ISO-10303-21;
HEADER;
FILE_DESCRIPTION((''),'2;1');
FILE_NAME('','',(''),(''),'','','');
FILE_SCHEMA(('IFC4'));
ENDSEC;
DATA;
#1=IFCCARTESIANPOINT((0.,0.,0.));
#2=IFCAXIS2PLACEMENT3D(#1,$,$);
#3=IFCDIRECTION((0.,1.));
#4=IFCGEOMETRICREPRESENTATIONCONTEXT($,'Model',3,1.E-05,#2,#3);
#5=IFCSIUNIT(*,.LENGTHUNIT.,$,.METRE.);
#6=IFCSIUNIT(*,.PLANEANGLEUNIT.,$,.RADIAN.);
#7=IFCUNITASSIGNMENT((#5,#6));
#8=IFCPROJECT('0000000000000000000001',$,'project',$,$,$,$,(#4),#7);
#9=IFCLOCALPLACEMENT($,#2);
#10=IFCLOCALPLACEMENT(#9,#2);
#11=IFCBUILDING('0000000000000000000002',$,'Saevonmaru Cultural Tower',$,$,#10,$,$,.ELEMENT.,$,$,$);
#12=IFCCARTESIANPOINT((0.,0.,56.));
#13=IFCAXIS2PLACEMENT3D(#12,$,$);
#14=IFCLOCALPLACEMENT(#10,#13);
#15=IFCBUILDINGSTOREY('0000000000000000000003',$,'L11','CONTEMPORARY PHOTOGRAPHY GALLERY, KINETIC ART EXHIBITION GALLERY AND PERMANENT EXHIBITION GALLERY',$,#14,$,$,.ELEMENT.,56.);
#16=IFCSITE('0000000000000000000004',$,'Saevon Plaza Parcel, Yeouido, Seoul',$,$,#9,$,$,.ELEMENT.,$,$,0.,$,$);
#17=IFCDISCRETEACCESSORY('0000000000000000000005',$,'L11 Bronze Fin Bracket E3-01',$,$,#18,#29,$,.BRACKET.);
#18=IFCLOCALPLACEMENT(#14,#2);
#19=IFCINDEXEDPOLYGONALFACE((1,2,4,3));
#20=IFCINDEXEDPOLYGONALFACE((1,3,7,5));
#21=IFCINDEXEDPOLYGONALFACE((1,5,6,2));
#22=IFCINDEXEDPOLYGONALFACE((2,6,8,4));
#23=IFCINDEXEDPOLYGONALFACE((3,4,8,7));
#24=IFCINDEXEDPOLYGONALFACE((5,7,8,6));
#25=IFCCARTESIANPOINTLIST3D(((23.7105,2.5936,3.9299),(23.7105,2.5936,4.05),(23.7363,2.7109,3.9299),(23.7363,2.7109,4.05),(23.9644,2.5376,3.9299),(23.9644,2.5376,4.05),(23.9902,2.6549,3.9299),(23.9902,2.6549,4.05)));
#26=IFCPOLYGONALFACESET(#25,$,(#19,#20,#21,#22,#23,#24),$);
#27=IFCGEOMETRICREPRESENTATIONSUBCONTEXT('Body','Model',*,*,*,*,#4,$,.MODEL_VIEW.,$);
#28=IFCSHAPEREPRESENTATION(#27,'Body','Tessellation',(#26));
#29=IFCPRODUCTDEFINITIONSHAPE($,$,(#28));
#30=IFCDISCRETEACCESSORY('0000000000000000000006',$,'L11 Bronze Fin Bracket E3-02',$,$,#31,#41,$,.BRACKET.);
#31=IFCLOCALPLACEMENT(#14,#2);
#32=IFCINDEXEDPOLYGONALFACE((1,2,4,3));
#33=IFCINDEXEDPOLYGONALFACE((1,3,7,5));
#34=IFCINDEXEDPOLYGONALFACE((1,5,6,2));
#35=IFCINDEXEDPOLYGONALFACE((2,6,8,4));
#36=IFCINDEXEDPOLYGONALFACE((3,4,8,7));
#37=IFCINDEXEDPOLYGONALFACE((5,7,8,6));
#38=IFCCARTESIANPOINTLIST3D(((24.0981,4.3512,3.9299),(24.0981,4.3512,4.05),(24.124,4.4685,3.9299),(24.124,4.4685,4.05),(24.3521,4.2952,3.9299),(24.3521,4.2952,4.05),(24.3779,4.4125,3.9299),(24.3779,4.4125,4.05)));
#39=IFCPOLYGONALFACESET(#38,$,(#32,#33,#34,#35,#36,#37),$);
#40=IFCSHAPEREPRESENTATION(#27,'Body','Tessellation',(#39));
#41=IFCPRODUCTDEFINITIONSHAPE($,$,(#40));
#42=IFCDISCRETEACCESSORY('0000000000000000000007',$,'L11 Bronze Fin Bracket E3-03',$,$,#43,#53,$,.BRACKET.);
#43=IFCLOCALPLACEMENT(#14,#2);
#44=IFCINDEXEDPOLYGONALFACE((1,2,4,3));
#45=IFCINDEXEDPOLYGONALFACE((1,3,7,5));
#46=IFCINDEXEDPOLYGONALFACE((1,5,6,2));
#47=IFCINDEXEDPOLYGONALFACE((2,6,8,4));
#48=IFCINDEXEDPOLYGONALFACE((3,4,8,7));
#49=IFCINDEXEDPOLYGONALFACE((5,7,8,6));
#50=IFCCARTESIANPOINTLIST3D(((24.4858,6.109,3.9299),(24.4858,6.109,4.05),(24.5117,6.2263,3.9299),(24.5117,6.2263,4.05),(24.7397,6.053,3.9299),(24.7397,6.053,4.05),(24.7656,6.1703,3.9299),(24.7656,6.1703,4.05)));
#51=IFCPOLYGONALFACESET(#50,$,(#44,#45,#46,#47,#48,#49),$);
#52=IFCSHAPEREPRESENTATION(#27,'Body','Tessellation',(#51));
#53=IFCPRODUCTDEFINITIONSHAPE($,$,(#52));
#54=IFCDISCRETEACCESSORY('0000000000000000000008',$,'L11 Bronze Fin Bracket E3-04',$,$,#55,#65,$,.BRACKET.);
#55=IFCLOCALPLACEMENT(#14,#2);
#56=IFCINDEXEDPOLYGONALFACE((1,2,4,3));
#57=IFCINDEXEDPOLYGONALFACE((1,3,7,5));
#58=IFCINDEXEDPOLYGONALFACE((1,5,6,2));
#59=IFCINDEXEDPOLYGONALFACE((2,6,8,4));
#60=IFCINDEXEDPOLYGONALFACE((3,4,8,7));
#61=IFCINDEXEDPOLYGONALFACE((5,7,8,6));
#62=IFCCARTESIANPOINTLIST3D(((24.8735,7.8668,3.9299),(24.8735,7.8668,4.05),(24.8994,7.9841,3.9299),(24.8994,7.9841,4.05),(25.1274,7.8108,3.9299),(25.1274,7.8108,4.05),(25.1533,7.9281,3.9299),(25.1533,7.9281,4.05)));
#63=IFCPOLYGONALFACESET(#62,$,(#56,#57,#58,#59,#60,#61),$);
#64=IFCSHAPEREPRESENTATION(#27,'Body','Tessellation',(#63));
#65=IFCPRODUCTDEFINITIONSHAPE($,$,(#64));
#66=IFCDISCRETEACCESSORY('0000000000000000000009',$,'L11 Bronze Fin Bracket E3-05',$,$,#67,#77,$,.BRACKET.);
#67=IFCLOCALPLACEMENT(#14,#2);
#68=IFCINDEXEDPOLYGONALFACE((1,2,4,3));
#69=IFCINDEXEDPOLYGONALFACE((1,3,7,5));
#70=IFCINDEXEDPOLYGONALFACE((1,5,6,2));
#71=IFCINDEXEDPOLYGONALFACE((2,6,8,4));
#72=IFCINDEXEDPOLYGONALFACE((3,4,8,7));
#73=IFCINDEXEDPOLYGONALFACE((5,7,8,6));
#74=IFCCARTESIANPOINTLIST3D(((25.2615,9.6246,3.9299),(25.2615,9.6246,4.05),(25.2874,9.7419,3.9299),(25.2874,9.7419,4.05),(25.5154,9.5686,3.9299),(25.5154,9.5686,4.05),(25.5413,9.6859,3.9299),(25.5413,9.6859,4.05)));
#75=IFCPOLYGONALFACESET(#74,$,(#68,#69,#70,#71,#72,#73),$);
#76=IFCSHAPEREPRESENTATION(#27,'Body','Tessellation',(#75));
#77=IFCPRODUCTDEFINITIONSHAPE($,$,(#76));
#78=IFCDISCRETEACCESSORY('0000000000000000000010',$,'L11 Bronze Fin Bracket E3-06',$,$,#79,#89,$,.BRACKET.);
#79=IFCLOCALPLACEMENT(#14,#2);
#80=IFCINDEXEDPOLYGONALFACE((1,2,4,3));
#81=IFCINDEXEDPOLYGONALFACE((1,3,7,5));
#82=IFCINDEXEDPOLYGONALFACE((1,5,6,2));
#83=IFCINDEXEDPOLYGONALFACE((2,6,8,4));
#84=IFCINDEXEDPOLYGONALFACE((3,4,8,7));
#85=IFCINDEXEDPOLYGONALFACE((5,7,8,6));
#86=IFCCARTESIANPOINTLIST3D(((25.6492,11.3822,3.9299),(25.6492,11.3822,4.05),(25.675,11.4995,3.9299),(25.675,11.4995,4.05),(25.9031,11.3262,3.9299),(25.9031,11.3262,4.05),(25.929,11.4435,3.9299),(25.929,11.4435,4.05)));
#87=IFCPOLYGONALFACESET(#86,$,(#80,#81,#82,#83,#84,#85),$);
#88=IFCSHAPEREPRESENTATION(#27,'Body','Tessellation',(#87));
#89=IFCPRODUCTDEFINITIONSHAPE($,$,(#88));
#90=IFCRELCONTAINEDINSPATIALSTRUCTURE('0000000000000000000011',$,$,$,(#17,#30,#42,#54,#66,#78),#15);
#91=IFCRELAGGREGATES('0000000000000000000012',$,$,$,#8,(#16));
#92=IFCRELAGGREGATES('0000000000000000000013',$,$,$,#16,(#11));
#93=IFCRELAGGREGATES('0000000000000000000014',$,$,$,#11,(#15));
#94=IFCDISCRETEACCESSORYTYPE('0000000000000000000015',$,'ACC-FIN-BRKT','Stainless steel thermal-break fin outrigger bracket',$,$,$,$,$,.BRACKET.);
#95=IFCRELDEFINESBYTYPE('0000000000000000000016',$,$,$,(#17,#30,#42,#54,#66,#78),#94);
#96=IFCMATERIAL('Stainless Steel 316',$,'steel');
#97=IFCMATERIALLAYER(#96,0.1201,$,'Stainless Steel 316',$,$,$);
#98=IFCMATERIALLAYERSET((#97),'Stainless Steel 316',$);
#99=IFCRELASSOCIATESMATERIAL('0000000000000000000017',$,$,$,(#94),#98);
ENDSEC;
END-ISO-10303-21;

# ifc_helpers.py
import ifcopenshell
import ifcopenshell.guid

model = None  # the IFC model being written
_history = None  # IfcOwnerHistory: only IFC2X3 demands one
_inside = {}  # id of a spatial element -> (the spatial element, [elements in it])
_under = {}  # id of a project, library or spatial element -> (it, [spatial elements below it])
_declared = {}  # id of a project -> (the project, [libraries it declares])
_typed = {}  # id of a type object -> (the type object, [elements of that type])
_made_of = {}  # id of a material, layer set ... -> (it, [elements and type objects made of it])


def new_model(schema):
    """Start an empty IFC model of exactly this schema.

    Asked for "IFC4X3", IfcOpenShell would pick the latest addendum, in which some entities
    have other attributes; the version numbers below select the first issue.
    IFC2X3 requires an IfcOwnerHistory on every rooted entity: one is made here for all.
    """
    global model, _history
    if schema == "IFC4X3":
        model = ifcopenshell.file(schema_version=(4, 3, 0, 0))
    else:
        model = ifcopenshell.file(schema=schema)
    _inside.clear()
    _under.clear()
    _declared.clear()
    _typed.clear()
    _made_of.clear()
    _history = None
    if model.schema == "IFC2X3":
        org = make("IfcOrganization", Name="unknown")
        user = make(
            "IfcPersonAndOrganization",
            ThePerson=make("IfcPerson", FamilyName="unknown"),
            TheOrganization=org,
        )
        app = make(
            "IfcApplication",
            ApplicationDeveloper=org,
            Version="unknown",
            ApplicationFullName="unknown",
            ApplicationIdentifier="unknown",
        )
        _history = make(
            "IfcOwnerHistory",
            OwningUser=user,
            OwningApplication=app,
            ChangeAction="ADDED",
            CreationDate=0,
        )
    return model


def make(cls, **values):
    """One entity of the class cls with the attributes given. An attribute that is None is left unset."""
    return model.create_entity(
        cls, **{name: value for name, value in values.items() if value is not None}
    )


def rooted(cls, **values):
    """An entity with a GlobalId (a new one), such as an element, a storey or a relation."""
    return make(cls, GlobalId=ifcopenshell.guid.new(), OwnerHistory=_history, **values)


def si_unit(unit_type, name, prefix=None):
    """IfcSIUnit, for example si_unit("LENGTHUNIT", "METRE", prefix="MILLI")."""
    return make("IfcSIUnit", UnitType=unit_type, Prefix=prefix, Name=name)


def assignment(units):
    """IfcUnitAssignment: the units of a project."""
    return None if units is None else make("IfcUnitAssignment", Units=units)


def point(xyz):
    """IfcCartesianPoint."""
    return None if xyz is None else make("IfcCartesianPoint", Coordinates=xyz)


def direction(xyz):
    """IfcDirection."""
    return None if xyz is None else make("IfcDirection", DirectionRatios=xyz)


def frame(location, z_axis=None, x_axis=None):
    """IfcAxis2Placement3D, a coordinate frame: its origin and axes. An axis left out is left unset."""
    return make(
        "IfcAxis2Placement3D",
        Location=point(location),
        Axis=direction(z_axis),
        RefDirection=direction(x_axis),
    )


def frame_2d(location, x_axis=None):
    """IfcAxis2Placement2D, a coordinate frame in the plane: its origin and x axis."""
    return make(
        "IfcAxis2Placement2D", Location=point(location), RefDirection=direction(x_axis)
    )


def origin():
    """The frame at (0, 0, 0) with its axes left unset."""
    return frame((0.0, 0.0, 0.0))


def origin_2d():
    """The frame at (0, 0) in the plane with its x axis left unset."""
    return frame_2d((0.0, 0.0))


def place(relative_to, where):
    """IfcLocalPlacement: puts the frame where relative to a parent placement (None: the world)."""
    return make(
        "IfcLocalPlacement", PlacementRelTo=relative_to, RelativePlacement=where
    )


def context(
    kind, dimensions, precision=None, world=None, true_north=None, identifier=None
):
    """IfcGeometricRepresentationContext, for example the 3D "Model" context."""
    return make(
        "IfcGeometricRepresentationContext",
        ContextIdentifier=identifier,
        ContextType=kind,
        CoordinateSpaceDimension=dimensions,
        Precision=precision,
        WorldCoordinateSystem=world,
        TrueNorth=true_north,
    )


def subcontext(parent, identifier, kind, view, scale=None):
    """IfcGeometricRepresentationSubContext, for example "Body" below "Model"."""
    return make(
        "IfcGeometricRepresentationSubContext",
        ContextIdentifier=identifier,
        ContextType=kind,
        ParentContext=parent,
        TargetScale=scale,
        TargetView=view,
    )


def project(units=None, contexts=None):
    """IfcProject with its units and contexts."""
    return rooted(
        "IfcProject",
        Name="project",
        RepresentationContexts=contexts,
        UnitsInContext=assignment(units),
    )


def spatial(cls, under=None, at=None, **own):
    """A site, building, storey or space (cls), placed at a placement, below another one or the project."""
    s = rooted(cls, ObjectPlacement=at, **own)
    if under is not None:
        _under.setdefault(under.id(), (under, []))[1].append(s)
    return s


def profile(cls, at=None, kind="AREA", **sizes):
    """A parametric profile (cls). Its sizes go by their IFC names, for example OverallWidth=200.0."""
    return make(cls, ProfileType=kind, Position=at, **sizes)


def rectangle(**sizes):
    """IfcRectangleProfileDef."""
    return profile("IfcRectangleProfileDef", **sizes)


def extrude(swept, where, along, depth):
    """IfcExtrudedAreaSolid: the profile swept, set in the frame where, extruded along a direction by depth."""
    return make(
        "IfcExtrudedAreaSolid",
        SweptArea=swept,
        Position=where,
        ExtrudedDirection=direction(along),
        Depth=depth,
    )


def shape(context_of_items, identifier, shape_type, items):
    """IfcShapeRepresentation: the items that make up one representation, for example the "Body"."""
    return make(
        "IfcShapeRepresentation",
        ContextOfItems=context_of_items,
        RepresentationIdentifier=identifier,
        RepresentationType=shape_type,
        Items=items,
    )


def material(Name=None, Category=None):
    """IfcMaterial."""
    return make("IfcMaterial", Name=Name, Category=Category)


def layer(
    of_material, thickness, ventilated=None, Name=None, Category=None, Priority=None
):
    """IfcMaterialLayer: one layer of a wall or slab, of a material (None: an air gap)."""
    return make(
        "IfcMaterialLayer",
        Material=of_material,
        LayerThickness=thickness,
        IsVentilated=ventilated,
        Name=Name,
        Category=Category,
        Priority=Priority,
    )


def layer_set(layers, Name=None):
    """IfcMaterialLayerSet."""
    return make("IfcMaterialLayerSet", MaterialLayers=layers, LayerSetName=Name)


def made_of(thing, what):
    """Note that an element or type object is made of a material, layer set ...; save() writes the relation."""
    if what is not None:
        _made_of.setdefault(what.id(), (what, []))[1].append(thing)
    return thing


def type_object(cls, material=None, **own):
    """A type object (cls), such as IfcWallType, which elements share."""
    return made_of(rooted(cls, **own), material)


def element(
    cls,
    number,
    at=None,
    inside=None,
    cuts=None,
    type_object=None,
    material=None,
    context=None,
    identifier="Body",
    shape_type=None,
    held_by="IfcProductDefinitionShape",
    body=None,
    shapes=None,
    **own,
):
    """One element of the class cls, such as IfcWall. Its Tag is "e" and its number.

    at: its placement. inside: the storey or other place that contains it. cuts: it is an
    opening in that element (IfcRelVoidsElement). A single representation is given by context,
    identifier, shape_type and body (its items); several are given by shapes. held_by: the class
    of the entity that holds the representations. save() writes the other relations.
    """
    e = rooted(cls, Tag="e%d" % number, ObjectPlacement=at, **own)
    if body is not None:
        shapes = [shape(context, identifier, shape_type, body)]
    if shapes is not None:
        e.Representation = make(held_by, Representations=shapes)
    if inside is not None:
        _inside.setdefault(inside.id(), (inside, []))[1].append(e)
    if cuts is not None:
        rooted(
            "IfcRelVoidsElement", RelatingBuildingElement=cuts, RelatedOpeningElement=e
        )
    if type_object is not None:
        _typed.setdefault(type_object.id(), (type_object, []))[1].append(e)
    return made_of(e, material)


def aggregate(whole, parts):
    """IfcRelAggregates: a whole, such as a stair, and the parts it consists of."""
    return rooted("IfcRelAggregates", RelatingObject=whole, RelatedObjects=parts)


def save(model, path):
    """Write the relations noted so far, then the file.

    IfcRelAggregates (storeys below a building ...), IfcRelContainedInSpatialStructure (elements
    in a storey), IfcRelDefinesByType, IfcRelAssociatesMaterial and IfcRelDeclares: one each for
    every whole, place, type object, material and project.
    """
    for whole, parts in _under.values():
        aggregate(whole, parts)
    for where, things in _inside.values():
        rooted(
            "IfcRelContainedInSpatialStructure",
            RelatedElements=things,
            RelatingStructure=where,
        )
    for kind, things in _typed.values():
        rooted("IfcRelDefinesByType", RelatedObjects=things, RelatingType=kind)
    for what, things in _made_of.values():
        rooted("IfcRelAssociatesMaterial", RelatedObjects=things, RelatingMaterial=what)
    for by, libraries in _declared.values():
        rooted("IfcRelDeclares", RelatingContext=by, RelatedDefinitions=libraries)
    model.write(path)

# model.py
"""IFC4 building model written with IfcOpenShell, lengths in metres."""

from ifc_helpers import new_model, si_unit, direction, frame, origin, origin_2d, place, context, subcontext, project, spatial, rectangle, extrude, material, layer, layer_set, type_object, element, save


model = new_model("IFC4")

# Units and contexts
model_context = context("Model", 3, precision=1e-05, world=origin(), true_north=direction((0.0, 1.0)))
body_context = subcontext(model_context, "Body", "Model", "MODEL_VIEW")
ifc_project = project(units=[si_unit("LENGTHUNIT", "METRE"), si_unit("PLANEANGLEUNIT", "RADIAN")], contexts=[model_context])

# Site, building, storey
site_placement = place(None, origin())
site = spatial("IfcSite", under=ifc_project, at=site_placement, Name="Saevon Plaza Parcel, Yeouido, Seoul", CompositionType="ELEMENT", RefElevation=0.0)
building_placement = place(site_placement, origin())
building = spatial("IfcBuilding", under=site, at=building_placement, Name="Saevonmaru Cultural Tower", CompositionType="ELEMENT")
storey_placement = place(building_placement, frame((0.0, 0.0, 56.0)))
storey = spatial("IfcBuildingStorey", under=building, at=storey_placement, Name="L11", Description="CONTEMPORARY PHOTOGRAPHY GALLERY, KINETIC ART EXHIBITION GALLERY AND PERMANENT EXHIBITION GALLERY", CompositionType="ELEMENT", Elevation=56.0)

# Discrete accessories
ifc_material_1 = material(Name="Stainless Steel 316", Category="steel")
ifc_layer_1 = layer(ifc_material_1, 0.1201, Name="Stainless Steel 316")
ifc_layer_set_1 = layer_set([ifc_layer_1], Name="Stainless Steel 316")
discrete_accessory_type = type_object("IfcDiscreteAccessoryType", Name="ACC-FIN-BRKT", Description="Stainless steel thermal-break fin outrigger bracket", PredefinedType="BRACKET", material=ifc_layer_set_1)
for number, where, z_axis, x_axis, name in (
    (1, (23.8503, 2.6243, 3.9299), (0.0, 0.0, 1.0), (0.976522, -0.215417, 0.0), "L11 Bronze Fin Bracket E3-01"),
    (2, (24.238, 4.3818, 3.9299), (0.0, 0.0, 1.0), (0.976522, -0.215417, 0.0), "L11 Bronze Fin Bracket E3-02"),
    (3, (24.6257, 6.1396, 3.9299), (0.0, 0.0, 1.0), (0.976522, -0.215417, 0.0), "L11 Bronze Fin Bracket E3-03"),
    (4, (25.0134, 7.8975, 3.9299), (0.0, 0.0, 1.0), (0.976522, -0.215417, 0.0), "L11 Bronze Fin Bracket E3-04"),
    (5, (25.4014, 9.6553, 3.9299), (0.0, 0.0, 1.0), (0.976522, -0.215417, 0.0), "L11 Bronze Fin Bracket E3-05"),
    (6, (25.7891, 11.4128, 3.9299), (0.0, 0.0, 1.0), (0.976522, -0.215417, 0.0), "L11 Bronze Fin Bracket E3-06"),
):
    element("IfcDiscreteAccessory", number, at=place(storey_placement, frame(where, z_axis=z_axis, x_axis=x_axis)), inside=storey, type_object=discrete_accessory_type, Name=name, PredefinedType="BRACKET", context=body_context, shape_type="SweptSolid", body=[
        extrude(rectangle(XDim=0.26, YDim=0.1201, at=origin_2d()), origin(), (0.0, 0.0, 1.0), 0.1201),
    ])

save(model, "model.ifc")
